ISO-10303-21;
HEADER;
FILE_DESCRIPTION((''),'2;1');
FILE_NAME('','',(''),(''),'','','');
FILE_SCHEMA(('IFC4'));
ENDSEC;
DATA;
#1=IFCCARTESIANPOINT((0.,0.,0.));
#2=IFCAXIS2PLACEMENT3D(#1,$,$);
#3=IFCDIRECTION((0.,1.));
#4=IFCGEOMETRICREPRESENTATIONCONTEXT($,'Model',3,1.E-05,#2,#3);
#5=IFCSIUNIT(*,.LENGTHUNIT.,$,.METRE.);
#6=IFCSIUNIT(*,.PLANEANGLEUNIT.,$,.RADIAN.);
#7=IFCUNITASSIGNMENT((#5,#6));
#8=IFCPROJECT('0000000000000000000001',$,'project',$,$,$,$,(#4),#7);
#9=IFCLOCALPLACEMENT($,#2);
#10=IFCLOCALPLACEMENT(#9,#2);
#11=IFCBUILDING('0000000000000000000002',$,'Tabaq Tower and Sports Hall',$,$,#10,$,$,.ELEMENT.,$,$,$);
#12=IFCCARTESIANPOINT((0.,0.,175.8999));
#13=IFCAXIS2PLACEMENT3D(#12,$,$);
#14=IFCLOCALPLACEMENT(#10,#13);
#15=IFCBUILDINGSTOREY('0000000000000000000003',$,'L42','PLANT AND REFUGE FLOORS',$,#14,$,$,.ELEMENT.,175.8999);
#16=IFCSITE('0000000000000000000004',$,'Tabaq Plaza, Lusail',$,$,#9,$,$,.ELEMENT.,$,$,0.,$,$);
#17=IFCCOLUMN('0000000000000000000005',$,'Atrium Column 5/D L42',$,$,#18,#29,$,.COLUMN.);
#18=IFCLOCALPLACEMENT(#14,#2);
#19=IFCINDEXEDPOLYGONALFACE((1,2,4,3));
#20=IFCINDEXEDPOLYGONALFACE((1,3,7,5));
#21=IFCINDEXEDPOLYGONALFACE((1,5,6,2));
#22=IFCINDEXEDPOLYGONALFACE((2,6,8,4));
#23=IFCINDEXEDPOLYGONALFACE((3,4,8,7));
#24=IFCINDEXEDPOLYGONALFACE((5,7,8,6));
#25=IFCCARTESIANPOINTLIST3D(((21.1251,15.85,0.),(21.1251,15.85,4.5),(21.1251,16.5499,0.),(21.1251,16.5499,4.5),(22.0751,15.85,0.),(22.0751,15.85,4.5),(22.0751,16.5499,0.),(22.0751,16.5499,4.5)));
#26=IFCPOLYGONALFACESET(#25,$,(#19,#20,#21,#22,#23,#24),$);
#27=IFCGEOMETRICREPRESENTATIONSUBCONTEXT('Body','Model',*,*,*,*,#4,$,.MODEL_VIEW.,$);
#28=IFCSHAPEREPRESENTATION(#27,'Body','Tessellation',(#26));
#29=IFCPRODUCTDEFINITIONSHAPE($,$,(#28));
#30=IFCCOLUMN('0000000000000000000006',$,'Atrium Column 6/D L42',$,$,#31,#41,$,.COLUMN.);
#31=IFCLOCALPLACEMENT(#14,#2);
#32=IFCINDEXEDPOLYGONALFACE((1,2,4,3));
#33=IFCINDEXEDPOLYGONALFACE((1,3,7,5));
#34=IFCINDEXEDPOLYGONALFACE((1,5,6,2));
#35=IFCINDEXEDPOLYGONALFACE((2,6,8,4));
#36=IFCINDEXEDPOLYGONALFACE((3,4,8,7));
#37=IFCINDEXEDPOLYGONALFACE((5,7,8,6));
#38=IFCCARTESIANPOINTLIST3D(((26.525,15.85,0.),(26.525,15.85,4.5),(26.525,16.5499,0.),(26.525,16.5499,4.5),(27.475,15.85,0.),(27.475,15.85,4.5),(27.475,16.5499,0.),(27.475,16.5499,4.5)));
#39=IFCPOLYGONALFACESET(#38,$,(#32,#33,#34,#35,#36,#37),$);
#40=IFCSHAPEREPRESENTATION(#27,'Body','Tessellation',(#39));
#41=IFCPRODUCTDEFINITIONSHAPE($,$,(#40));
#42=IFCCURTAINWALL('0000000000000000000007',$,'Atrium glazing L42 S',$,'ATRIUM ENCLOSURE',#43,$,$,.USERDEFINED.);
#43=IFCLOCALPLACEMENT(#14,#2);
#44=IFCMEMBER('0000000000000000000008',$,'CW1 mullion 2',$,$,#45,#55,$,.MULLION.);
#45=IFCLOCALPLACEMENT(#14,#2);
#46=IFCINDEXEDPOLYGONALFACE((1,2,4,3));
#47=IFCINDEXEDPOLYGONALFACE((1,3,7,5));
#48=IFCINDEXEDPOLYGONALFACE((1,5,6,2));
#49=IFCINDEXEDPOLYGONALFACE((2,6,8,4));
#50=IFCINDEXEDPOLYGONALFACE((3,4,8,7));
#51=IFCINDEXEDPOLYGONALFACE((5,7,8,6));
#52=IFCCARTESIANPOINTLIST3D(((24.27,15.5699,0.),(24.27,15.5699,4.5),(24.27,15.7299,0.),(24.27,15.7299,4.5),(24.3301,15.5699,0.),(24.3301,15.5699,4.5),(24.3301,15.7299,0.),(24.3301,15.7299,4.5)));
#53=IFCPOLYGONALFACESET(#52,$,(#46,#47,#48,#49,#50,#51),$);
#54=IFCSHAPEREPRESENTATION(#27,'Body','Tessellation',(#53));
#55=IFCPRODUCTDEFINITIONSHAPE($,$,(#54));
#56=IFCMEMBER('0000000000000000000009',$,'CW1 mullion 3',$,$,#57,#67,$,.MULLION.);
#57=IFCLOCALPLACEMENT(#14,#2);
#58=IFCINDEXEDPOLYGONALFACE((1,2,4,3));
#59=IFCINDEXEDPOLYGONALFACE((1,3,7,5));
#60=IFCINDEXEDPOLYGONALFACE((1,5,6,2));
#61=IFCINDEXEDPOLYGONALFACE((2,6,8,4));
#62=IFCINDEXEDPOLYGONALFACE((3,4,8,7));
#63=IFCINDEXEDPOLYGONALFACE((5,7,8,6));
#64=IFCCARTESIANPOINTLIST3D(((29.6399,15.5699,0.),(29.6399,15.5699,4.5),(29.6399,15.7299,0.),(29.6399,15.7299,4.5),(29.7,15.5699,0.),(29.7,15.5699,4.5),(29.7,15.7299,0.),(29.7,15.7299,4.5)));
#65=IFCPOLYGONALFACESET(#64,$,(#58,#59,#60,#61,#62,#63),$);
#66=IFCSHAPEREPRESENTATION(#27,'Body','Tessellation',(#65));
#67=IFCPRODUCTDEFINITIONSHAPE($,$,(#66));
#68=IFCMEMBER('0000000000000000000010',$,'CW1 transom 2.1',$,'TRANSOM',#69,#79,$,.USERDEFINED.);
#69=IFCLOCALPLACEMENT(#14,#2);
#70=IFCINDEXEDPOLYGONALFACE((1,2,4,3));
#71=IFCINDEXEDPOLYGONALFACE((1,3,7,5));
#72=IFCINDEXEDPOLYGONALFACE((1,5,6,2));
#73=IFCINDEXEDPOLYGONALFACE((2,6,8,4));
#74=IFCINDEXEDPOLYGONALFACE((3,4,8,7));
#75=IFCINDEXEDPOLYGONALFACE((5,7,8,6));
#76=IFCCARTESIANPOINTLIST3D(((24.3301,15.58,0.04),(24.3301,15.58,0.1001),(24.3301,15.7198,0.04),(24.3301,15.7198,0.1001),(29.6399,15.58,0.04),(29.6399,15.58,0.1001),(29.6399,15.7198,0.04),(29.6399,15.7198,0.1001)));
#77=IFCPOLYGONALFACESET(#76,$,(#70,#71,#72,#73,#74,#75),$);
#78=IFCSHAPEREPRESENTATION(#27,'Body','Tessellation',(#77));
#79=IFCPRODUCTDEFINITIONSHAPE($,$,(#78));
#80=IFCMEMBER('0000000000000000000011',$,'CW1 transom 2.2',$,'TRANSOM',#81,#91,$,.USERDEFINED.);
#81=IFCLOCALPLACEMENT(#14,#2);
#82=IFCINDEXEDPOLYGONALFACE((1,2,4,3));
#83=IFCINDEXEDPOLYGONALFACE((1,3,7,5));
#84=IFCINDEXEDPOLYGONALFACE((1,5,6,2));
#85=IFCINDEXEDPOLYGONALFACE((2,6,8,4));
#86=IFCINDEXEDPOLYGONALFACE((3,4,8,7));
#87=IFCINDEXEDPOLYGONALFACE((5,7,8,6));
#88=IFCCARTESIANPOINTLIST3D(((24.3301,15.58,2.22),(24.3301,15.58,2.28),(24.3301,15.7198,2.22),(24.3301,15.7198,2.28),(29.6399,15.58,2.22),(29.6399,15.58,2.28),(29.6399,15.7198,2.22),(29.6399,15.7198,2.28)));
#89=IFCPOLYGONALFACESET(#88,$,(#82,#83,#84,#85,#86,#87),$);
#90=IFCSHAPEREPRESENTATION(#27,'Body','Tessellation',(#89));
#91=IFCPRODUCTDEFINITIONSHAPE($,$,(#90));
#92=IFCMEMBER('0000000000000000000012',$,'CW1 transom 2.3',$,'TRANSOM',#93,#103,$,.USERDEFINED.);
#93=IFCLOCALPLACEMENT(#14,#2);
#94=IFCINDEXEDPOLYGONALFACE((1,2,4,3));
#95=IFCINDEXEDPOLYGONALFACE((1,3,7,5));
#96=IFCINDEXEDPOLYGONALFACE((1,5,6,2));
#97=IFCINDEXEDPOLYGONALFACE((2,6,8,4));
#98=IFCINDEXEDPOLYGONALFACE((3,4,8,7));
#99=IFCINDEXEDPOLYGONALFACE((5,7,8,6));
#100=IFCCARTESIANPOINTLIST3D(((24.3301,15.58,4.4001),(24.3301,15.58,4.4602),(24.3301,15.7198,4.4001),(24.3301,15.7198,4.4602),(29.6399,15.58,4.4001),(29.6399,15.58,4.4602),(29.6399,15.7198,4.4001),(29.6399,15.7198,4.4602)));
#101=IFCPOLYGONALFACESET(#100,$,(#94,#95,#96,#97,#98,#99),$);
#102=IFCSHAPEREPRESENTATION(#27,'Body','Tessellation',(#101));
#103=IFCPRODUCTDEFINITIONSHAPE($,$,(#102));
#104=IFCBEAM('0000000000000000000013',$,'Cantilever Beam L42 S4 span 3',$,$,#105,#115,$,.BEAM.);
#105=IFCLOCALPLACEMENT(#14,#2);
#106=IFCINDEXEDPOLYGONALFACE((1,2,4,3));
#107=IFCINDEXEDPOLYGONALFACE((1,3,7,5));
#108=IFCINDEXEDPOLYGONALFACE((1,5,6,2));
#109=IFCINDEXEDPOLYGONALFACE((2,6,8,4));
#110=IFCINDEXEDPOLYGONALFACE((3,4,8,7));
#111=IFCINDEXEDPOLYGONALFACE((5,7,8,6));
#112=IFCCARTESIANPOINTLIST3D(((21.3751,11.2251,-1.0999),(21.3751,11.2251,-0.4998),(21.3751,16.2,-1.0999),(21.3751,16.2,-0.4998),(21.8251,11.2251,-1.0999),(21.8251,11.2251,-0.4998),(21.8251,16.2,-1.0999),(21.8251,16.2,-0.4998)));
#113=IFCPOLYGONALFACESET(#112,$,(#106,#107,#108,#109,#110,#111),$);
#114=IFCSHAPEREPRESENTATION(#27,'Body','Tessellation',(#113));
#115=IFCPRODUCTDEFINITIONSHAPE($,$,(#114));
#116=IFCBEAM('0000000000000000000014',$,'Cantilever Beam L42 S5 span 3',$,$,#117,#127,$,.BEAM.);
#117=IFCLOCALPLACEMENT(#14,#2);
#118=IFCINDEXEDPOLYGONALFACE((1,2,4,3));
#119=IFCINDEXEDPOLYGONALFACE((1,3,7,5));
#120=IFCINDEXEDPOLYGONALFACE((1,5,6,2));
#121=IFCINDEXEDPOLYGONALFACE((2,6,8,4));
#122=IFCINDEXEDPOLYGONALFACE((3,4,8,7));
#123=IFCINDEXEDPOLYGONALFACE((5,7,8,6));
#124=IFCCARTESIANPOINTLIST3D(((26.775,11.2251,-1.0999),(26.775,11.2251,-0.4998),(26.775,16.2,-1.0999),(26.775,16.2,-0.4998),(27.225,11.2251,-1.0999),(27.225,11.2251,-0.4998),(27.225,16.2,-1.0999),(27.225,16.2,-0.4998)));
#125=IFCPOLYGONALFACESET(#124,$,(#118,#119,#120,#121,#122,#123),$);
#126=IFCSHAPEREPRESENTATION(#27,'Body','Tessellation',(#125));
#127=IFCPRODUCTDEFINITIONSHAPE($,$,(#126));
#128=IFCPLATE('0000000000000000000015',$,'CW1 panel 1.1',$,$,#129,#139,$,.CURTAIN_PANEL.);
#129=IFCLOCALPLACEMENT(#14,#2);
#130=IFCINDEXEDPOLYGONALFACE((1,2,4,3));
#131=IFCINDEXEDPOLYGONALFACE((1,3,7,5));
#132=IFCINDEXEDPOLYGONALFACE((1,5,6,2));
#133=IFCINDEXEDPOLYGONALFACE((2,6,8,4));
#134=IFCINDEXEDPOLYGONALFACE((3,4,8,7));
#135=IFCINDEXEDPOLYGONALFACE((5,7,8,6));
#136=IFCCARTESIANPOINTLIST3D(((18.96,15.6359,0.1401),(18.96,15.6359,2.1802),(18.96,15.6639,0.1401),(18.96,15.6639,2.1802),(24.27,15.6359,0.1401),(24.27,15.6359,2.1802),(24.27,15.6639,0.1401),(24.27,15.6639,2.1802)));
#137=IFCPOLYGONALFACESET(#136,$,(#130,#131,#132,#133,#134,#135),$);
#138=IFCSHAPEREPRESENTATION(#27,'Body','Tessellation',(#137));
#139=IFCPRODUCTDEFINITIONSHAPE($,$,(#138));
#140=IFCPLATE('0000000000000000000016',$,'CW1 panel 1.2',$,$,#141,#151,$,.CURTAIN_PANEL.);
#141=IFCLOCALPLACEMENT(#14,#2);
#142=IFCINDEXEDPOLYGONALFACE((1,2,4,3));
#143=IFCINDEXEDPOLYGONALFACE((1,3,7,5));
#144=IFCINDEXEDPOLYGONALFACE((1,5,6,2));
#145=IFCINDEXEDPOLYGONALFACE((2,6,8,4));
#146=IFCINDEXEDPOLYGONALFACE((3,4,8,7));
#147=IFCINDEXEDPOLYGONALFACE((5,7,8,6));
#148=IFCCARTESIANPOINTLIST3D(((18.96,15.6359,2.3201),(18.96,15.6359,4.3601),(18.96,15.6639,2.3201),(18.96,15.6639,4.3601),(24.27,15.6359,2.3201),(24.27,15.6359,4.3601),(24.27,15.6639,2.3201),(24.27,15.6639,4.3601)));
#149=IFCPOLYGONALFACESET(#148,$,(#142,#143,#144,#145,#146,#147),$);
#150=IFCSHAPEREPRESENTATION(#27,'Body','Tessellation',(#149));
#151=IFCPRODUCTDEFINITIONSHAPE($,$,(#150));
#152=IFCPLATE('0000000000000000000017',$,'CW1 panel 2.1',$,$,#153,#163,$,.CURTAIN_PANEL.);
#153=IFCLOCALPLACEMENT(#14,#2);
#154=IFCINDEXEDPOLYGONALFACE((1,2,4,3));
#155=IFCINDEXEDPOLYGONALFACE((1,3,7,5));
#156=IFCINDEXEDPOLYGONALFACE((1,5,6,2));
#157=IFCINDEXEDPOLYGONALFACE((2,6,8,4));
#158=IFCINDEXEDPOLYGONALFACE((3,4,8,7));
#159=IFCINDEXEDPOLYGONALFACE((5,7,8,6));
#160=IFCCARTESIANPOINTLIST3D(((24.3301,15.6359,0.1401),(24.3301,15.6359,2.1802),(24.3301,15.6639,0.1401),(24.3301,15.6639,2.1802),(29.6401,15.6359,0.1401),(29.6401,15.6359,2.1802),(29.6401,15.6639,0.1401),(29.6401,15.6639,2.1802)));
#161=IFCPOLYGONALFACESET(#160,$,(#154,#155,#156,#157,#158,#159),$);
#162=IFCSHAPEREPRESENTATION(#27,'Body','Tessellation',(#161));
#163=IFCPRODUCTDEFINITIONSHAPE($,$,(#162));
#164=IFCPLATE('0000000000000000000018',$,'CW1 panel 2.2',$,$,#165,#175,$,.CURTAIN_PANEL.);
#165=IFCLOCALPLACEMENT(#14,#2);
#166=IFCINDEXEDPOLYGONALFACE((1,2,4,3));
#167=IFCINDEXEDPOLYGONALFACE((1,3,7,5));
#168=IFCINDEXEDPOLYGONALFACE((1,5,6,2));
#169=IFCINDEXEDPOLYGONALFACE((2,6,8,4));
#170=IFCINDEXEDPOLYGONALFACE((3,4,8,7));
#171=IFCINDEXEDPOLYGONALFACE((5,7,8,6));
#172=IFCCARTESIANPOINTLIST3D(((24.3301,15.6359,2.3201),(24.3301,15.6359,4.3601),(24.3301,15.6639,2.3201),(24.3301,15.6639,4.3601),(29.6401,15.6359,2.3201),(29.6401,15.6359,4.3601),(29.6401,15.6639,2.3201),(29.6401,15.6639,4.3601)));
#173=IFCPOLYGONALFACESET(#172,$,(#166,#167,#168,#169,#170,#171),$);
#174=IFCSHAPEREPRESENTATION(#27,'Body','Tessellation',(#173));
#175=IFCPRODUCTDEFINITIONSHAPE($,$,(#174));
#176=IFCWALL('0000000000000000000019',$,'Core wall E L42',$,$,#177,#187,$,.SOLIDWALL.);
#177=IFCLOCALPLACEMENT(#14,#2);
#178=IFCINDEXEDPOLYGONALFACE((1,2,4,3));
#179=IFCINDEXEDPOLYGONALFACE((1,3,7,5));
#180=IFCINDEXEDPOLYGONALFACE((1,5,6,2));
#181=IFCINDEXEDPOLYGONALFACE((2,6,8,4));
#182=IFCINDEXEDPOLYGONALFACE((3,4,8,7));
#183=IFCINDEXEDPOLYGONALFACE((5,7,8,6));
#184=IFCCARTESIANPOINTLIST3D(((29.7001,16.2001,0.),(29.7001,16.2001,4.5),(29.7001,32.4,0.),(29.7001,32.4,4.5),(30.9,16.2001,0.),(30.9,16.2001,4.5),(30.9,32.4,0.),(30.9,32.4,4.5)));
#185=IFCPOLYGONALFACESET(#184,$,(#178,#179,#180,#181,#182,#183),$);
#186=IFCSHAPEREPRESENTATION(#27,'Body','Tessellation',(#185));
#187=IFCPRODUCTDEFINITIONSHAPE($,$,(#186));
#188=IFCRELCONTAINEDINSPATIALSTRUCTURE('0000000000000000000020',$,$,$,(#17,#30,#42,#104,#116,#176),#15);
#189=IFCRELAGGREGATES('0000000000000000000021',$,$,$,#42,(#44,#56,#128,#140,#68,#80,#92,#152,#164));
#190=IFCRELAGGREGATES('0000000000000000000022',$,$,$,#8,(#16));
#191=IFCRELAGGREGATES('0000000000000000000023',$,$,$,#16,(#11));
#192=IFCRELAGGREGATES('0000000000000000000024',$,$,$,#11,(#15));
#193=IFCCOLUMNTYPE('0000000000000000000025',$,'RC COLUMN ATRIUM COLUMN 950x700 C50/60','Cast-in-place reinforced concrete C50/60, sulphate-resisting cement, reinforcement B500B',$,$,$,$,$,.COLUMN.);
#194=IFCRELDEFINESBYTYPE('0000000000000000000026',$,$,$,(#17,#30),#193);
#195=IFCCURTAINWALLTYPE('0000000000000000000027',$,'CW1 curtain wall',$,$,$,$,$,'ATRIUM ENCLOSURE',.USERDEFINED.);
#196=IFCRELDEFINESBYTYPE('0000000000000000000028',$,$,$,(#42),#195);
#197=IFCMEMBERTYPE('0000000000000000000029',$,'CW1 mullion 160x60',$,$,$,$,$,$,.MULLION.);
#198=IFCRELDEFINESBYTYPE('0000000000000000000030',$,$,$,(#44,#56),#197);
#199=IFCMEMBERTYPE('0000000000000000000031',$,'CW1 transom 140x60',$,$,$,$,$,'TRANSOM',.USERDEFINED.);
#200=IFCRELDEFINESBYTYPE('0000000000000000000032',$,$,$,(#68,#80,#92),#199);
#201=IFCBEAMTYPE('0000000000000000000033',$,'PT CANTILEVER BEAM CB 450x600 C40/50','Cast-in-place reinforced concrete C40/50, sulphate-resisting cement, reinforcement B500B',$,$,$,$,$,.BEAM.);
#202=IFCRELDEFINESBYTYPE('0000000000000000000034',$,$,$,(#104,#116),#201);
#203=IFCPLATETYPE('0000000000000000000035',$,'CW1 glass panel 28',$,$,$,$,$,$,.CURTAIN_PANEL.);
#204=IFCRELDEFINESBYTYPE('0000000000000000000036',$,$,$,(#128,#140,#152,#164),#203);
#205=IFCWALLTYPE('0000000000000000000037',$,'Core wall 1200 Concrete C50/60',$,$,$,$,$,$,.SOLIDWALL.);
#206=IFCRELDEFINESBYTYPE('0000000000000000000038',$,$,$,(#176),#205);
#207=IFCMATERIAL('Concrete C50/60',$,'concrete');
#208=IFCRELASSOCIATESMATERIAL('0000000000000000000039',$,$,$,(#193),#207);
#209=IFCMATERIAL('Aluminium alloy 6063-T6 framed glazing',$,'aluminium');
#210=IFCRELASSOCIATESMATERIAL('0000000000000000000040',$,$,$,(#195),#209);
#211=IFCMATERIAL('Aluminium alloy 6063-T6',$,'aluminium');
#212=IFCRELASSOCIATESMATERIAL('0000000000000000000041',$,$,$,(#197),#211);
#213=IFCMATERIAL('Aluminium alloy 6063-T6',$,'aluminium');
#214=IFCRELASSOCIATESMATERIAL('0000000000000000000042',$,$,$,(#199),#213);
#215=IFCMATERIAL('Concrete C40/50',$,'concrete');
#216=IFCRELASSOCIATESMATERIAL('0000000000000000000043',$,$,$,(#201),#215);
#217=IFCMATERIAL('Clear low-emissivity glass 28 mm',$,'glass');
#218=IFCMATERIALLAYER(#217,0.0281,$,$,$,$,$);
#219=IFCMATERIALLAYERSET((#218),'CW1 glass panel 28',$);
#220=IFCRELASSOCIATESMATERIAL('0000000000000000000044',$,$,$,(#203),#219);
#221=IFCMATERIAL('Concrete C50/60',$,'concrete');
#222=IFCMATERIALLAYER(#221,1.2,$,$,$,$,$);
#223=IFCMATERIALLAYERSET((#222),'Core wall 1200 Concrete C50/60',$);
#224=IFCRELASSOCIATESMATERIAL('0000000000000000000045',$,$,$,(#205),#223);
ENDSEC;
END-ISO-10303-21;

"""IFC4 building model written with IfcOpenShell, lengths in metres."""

from ifc_helpers import new_model, si_unit, direction, frame, frame_2d, origin, origin_2d, place, context, subcontext, project, spatial, rectangle, extrude, material, layer, layer_set, material_profile, profile_set, type_object, element, aggregate, save


model = new_model("IFC4")

# Units and contexts
model_context = context("Model", 3, precision=1e-05, world=origin(), true_north=direction((0.0, 1.0)))
body_context = subcontext(model_context, "Body", "Model", "MODEL_VIEW")
ifc_project = project(units=[si_unit("LENGTHUNIT", "METRE"), si_unit("PLANEANGLEUNIT", "RADIAN")], contexts=[model_context])

# Site, building, storey
site_placement = place(None, origin())
site = spatial("IfcSite", under=ifc_project, at=site_placement, Name="Tabaq Plaza, Lusail", CompositionType="ELEMENT", RefElevation=0.0)
building_placement = place(site_placement, origin())
building = spatial("IfcBuilding", under=site, at=building_placement, Name="Tabaq Tower and Sports Hall", CompositionType="ELEMENT")
storey_placement = place(building_placement, frame((0.0, 0.0, 175.8999)))
storey = spatial("IfcBuildingStorey", under=building, at=storey_placement, Name="L42", Description="PLANT AND REFUGE FLOORS", CompositionType="ELEMENT", Elevation=175.8999)

# Columns
ifc_material_1 = material(Name="Concrete C50/60", Category="concrete")
ifc_material_profile_1 = material_profile(ifc_material_1, rectangle(XDim=0.95, YDim=0.7, at=origin_2d()), Name="ATRIUM COLUMN 950x700")
ifc_profile_set_1 = profile_set([ifc_material_profile_1], Name="Concrete C50/60")
column_type = type_object("IfcColumnType", Name="RC COLUMN ATRIUM COLUMN 950x700 C50/60", Description="Cast-in-place reinforced concrete C50/60, sulphate-resisting cement, reinforcement B500B", PredefinedType="COLUMN", material=ifc_profile_set_1)
for number, where, z_axis, x_axis, name in (
    (1, (21.6001, 16.2, 0.0), (0.0, 0.0, 1.0), (1.0, 0.0, 0.0), "Atrium Column 5/D L42"),
    (2, (27.0, 16.2, 0.0), (0.0, 0.0, 1.0), (1.0, 0.0, 0.0), "Atrium Column 6/D L42"),
):
    element("IfcColumn", number, at=place(storey_placement, frame(where, z_axis=z_axis, x_axis=x_axis)), inside=storey, type_object=column_type, Name=name, PredefinedType="COLUMN", context=body_context, shape_type="SweptSolid", body=[
        extrude(rectangle(XDim=0.95, YDim=0.7, at=origin_2d()), origin(), (0.0, 0.0, 1.0), 4.5),
    ])

# Curtain wall, members
ifc_material_2 = material(Name="Aluminium alloy 6063-T6 framed glazing", Category="aluminium")
curtain_wall_type = type_object("IfcCurtainWallType", Name="CW1 curtain wall", ElementType="ATRIUM ENCLOSURE", PredefinedType="USERDEFINED", material=ifc_material_2)
curtain_wall_placement = place(storey_placement, origin())
curtain_wall = element("IfcCurtainWall", 3, at=curtain_wall_placement, inside=storey, type_object=curtain_wall_type, Name="Atrium glazing L42 S", ObjectType="ATRIUM ENCLOSURE", PredefinedType="USERDEFINED")
ifc_material_3 = material(Name="Aluminium alloy 6063-T6", Category="aluminium")
ifc_material_profile_2 = material_profile(ifc_material_3, rectangle(XDim=0.1599, YDim=0.0601, at=origin_2d()), Name="MULLION 160x60")
ifc_profile_set_2 = profile_set([ifc_material_profile_2], Name="Aluminium alloy 6063-T6")
member_type_1 = type_object("IfcMemberType", Name="CW1 mullion 160x60", PredefinedType="MULLION", material=ifc_profile_set_2)
member_1_placement = place(storey_placement, frame((24.3, 15.6499, 0.0), z_axis=(0.0, 0.0, 1.0), x_axis=(0.0, 1.0, 0.0)))
member_1 = element("IfcMember", 4, at=member_1_placement, type_object=member_type_1, Name="CW1 mullion 2", PredefinedType="MULLION", context=body_context, shape_type="SweptSolid", body=[
    extrude(rectangle(XDim=0.1599, YDim=0.0601, at=origin_2d()), origin(), (0.0, 0.0, 1.0), 4.5),
])
member_2_placement = place(storey_placement, frame((29.6699, 15.6499, 0.0), z_axis=(0.0, 0.0, 1.0), x_axis=(0.0, 1.0, 0.0)))
member_2 = element("IfcMember", 5, at=member_2_placement, type_object=member_type_1, Name="CW1 mullion 3", PredefinedType="MULLION", context=body_context, shape_type="SweptSolid", body=[
    extrude(rectangle(XDim=0.1599, YDim=0.0601, at=origin_2d()), origin(), (0.0, 0.0, 1.0), 4.5),
])
ifc_material_4 = material(Name="Aluminium alloy 6063-T6", Category="aluminium")
ifc_material_profile_3 = material_profile(ifc_material_4, rectangle(XDim=0.1399, YDim=0.0601, at=origin_2d()), Name="TRANSOM 140x60")
ifc_profile_set_3 = profile_set([ifc_material_profile_3], Name="Aluminium alloy 6063-T6")
member_type_2 = type_object("IfcMemberType", Name="CW1 transom 140x60", ElementType="TRANSOM", PredefinedType="USERDEFINED", material=ifc_profile_set_3)
member_3_placement = place(storey_placement, frame((24.3301, 15.6499, 0.0701), z_axis=(1.0, 0.0, 0.0), x_axis=(0.0, 1.0, 0.0)))
member_3 = element("IfcMember", 6, at=member_3_placement, type_object=member_type_2, Name="CW1 transom 2.1", ObjectType="TRANSOM", PredefinedType="USERDEFINED", context=body_context, shape_type="SweptSolid", body=[
    extrude(rectangle(XDim=0.1399, YDim=0.0601, at=origin_2d()), origin(), (0.0, 0.0, 1.0), 5.3098),
])
member_4_placement = place(storey_placement, frame((24.3301, 15.6499, 2.25), z_axis=(1.0, 0.0, 0.0), x_axis=(0.0, 1.0, 0.0)))
member_4 = element("IfcMember", 7, at=member_4_placement, type_object=member_type_2, Name="CW1 transom 2.2", ObjectType="TRANSOM", PredefinedType="USERDEFINED", context=body_context, shape_type="SweptSolid", body=[
    extrude(rectangle(XDim=0.1399, YDim=0.0601, at=origin_2d()), origin(), (0.0, 0.0, 1.0), 5.3098),
])
member_5_placement = place(storey_placement, frame((24.3301, 15.6499, 4.4302), z_axis=(1.0, 0.0, 0.0), x_axis=(0.0, 1.0, 0.0)))
member_5 = element("IfcMember", 8, at=member_5_placement, type_object=member_type_2, Name="CW1 transom 2.3", ObjectType="TRANSOM", PredefinedType="USERDEFINED", context=body_context, shape_type="SweptSolid", body=[
    extrude(rectangle(XDim=0.1399, YDim=0.0601, at=origin_2d()), origin(), (0.0, 0.0, 1.0), 5.3098),
])

# Beams
ifc_material_5 = material(Name="Concrete C40/50", Category="concrete")
ifc_material_profile_4 = material_profile(ifc_material_5, rectangle(XDim=0.45, YDim=0.6001, at=origin_2d()), Name="CB 450x600")
ifc_profile_set_4 = profile_set([ifc_material_profile_4], Name="Concrete C40/50")
beam_type = type_object("IfcBeamType", Name="PT CANTILEVER BEAM CB 450x600 C40/50", Description="Cast-in-place reinforced concrete C40/50, sulphate-resisting cement, reinforcement B500B", PredefinedType="BEAM", material=ifc_profile_set_4)
for number, where, z_axis, x_axis, name in (
    (9, (21.6001, 11.2251, -0.7998), (0.0, 1.0, 0.0), (-1.0, 0.0, 0.0), "Cantilever Beam L42 S4 span 3"),
    (10, (27.0, 11.2251, -0.7998), (0.0, 1.0, 0.0), (-1.0, 0.0, 0.0), "Cantilever Beam L42 S5 span 3"),
):
    element("IfcBeam", number, at=place(storey_placement, frame(where, z_axis=z_axis, x_axis=x_axis)), inside=storey, type_object=beam_type, Name=name, PredefinedType="BEAM", context=body_context, shape_type="SweptSolid", body=[
        extrude(rectangle(XDim=0.45, YDim=0.6001, at=origin_2d()), origin(), (0.0, 0.0, 1.0), 4.9749),
    ])

# Plates
ifc_material_6 = material(Name="Clear low-emissivity glass 28 mm", Category="glass")
ifc_layer_1 = layer(ifc_material_6, 0.0281)
ifc_layer_set_1 = layer_set([ifc_layer_1], Name="CW1 glass panel 28")
plate_type = type_object("IfcPlateType", Name="CW1 glass panel 28", PredefinedType="CURTAIN_PANEL", material=ifc_layer_set_1)
plate_1_placement = place(storey_placement, frame((21.615, 15.6499, 0.1401), z_axis=(0.0, 0.0, 1.0), x_axis=(1.0, 0.0, 0.0)))
plate_1 = element("IfcPlate", 11, at=plate_1_placement, type_object=plate_type, Name="CW1 panel 1.1", PredefinedType="CURTAIN_PANEL", context=body_context, shape_type="SweptSolid", body=[
    extrude(rectangle(XDim=5.3101, YDim=0.0281, at=origin_2d()), origin(), (0.0, 0.0, 1.0), 2.04),
])
plate_2_placement = place(storey_placement, frame((21.615, 15.6499, 2.3201), z_axis=(0.0, 0.0, 1.0), x_axis=(1.0, 0.0, 0.0)))
plate_2 = element("IfcPlate", 12, at=plate_2_placement, type_object=plate_type, Name="CW1 panel 1.2", PredefinedType="CURTAIN_PANEL", context=body_context, shape_type="SweptSolid", body=[
    extrude(rectangle(XDim=5.3101, YDim=0.0281, at=origin_2d()), origin(), (0.0, 0.0, 1.0), 2.04),
])
plate_3_placement = place(storey_placement, frame((26.9851, 15.6499, 0.1401), z_axis=(0.0, 0.0, 1.0), x_axis=(1.0, 0.0, 0.0)))
plate_3 = element("IfcPlate", 13, at=plate_3_placement, type_object=plate_type, Name="CW1 panel 2.1", PredefinedType="CURTAIN_PANEL", context=body_context, shape_type="SweptSolid", body=[
    extrude(rectangle(XDim=5.3101, YDim=0.0281, at=origin_2d()), origin(), (0.0, 0.0, 1.0), 2.04),
])
plate_4_placement = place(storey_placement, frame((26.9851, 15.6499, 2.3201), z_axis=(0.0, 0.0, 1.0), x_axis=(1.0, 0.0, 0.0)))
plate_4 = element("IfcPlate", 14, at=plate_4_placement, type_object=plate_type, Name="CW1 panel 2.2", PredefinedType="CURTAIN_PANEL", context=body_context, shape_type="SweptSolid", body=[
    extrude(rectangle(XDim=5.3101, YDim=0.0281, at=origin_2d()), origin(), (0.0, 0.0, 1.0), 2.04),
])
aggregate(curtain_wall, [member_1, member_2, plate_1, plate_2, member_3, member_4, member_5, plate_3, plate_4])

# Wall
ifc_material_7 = material(Name="Concrete C50/60", Category="concrete")
ifc_layer_2 = layer(ifc_material_7, 1.2)
ifc_layer_set_2 = layer_set([ifc_layer_2], Name="Core wall 1200 Concrete C50/60")
wall_type_1 = type_object("IfcWallType", Name="Core wall 1200 Concrete C50/60", PredefinedType="SOLIDWALL", material=ifc_layer_set_2)
wall_1_placement = place(storey_placement, frame((30.3, 16.2, 0.0), z_axis=(0.0, 0.0, 1.0), x_axis=(0.0, 1.0, 0.0)))
element("IfcWall", 15, at=wall_1_placement, inside=storey, type_object=wall_type_1, Name="Core wall E L42", PredefinedType="SOLIDWALL", context=body_context, shape_type="SweptSolid", body=[
    extrude(rectangle(XDim=16.2, YDim=1.2, at=frame_2d((8.1001, 0.0))), origin(), (0.0, 0.0, 1.0), 4.5),
])

save(model, "model.ifc")
